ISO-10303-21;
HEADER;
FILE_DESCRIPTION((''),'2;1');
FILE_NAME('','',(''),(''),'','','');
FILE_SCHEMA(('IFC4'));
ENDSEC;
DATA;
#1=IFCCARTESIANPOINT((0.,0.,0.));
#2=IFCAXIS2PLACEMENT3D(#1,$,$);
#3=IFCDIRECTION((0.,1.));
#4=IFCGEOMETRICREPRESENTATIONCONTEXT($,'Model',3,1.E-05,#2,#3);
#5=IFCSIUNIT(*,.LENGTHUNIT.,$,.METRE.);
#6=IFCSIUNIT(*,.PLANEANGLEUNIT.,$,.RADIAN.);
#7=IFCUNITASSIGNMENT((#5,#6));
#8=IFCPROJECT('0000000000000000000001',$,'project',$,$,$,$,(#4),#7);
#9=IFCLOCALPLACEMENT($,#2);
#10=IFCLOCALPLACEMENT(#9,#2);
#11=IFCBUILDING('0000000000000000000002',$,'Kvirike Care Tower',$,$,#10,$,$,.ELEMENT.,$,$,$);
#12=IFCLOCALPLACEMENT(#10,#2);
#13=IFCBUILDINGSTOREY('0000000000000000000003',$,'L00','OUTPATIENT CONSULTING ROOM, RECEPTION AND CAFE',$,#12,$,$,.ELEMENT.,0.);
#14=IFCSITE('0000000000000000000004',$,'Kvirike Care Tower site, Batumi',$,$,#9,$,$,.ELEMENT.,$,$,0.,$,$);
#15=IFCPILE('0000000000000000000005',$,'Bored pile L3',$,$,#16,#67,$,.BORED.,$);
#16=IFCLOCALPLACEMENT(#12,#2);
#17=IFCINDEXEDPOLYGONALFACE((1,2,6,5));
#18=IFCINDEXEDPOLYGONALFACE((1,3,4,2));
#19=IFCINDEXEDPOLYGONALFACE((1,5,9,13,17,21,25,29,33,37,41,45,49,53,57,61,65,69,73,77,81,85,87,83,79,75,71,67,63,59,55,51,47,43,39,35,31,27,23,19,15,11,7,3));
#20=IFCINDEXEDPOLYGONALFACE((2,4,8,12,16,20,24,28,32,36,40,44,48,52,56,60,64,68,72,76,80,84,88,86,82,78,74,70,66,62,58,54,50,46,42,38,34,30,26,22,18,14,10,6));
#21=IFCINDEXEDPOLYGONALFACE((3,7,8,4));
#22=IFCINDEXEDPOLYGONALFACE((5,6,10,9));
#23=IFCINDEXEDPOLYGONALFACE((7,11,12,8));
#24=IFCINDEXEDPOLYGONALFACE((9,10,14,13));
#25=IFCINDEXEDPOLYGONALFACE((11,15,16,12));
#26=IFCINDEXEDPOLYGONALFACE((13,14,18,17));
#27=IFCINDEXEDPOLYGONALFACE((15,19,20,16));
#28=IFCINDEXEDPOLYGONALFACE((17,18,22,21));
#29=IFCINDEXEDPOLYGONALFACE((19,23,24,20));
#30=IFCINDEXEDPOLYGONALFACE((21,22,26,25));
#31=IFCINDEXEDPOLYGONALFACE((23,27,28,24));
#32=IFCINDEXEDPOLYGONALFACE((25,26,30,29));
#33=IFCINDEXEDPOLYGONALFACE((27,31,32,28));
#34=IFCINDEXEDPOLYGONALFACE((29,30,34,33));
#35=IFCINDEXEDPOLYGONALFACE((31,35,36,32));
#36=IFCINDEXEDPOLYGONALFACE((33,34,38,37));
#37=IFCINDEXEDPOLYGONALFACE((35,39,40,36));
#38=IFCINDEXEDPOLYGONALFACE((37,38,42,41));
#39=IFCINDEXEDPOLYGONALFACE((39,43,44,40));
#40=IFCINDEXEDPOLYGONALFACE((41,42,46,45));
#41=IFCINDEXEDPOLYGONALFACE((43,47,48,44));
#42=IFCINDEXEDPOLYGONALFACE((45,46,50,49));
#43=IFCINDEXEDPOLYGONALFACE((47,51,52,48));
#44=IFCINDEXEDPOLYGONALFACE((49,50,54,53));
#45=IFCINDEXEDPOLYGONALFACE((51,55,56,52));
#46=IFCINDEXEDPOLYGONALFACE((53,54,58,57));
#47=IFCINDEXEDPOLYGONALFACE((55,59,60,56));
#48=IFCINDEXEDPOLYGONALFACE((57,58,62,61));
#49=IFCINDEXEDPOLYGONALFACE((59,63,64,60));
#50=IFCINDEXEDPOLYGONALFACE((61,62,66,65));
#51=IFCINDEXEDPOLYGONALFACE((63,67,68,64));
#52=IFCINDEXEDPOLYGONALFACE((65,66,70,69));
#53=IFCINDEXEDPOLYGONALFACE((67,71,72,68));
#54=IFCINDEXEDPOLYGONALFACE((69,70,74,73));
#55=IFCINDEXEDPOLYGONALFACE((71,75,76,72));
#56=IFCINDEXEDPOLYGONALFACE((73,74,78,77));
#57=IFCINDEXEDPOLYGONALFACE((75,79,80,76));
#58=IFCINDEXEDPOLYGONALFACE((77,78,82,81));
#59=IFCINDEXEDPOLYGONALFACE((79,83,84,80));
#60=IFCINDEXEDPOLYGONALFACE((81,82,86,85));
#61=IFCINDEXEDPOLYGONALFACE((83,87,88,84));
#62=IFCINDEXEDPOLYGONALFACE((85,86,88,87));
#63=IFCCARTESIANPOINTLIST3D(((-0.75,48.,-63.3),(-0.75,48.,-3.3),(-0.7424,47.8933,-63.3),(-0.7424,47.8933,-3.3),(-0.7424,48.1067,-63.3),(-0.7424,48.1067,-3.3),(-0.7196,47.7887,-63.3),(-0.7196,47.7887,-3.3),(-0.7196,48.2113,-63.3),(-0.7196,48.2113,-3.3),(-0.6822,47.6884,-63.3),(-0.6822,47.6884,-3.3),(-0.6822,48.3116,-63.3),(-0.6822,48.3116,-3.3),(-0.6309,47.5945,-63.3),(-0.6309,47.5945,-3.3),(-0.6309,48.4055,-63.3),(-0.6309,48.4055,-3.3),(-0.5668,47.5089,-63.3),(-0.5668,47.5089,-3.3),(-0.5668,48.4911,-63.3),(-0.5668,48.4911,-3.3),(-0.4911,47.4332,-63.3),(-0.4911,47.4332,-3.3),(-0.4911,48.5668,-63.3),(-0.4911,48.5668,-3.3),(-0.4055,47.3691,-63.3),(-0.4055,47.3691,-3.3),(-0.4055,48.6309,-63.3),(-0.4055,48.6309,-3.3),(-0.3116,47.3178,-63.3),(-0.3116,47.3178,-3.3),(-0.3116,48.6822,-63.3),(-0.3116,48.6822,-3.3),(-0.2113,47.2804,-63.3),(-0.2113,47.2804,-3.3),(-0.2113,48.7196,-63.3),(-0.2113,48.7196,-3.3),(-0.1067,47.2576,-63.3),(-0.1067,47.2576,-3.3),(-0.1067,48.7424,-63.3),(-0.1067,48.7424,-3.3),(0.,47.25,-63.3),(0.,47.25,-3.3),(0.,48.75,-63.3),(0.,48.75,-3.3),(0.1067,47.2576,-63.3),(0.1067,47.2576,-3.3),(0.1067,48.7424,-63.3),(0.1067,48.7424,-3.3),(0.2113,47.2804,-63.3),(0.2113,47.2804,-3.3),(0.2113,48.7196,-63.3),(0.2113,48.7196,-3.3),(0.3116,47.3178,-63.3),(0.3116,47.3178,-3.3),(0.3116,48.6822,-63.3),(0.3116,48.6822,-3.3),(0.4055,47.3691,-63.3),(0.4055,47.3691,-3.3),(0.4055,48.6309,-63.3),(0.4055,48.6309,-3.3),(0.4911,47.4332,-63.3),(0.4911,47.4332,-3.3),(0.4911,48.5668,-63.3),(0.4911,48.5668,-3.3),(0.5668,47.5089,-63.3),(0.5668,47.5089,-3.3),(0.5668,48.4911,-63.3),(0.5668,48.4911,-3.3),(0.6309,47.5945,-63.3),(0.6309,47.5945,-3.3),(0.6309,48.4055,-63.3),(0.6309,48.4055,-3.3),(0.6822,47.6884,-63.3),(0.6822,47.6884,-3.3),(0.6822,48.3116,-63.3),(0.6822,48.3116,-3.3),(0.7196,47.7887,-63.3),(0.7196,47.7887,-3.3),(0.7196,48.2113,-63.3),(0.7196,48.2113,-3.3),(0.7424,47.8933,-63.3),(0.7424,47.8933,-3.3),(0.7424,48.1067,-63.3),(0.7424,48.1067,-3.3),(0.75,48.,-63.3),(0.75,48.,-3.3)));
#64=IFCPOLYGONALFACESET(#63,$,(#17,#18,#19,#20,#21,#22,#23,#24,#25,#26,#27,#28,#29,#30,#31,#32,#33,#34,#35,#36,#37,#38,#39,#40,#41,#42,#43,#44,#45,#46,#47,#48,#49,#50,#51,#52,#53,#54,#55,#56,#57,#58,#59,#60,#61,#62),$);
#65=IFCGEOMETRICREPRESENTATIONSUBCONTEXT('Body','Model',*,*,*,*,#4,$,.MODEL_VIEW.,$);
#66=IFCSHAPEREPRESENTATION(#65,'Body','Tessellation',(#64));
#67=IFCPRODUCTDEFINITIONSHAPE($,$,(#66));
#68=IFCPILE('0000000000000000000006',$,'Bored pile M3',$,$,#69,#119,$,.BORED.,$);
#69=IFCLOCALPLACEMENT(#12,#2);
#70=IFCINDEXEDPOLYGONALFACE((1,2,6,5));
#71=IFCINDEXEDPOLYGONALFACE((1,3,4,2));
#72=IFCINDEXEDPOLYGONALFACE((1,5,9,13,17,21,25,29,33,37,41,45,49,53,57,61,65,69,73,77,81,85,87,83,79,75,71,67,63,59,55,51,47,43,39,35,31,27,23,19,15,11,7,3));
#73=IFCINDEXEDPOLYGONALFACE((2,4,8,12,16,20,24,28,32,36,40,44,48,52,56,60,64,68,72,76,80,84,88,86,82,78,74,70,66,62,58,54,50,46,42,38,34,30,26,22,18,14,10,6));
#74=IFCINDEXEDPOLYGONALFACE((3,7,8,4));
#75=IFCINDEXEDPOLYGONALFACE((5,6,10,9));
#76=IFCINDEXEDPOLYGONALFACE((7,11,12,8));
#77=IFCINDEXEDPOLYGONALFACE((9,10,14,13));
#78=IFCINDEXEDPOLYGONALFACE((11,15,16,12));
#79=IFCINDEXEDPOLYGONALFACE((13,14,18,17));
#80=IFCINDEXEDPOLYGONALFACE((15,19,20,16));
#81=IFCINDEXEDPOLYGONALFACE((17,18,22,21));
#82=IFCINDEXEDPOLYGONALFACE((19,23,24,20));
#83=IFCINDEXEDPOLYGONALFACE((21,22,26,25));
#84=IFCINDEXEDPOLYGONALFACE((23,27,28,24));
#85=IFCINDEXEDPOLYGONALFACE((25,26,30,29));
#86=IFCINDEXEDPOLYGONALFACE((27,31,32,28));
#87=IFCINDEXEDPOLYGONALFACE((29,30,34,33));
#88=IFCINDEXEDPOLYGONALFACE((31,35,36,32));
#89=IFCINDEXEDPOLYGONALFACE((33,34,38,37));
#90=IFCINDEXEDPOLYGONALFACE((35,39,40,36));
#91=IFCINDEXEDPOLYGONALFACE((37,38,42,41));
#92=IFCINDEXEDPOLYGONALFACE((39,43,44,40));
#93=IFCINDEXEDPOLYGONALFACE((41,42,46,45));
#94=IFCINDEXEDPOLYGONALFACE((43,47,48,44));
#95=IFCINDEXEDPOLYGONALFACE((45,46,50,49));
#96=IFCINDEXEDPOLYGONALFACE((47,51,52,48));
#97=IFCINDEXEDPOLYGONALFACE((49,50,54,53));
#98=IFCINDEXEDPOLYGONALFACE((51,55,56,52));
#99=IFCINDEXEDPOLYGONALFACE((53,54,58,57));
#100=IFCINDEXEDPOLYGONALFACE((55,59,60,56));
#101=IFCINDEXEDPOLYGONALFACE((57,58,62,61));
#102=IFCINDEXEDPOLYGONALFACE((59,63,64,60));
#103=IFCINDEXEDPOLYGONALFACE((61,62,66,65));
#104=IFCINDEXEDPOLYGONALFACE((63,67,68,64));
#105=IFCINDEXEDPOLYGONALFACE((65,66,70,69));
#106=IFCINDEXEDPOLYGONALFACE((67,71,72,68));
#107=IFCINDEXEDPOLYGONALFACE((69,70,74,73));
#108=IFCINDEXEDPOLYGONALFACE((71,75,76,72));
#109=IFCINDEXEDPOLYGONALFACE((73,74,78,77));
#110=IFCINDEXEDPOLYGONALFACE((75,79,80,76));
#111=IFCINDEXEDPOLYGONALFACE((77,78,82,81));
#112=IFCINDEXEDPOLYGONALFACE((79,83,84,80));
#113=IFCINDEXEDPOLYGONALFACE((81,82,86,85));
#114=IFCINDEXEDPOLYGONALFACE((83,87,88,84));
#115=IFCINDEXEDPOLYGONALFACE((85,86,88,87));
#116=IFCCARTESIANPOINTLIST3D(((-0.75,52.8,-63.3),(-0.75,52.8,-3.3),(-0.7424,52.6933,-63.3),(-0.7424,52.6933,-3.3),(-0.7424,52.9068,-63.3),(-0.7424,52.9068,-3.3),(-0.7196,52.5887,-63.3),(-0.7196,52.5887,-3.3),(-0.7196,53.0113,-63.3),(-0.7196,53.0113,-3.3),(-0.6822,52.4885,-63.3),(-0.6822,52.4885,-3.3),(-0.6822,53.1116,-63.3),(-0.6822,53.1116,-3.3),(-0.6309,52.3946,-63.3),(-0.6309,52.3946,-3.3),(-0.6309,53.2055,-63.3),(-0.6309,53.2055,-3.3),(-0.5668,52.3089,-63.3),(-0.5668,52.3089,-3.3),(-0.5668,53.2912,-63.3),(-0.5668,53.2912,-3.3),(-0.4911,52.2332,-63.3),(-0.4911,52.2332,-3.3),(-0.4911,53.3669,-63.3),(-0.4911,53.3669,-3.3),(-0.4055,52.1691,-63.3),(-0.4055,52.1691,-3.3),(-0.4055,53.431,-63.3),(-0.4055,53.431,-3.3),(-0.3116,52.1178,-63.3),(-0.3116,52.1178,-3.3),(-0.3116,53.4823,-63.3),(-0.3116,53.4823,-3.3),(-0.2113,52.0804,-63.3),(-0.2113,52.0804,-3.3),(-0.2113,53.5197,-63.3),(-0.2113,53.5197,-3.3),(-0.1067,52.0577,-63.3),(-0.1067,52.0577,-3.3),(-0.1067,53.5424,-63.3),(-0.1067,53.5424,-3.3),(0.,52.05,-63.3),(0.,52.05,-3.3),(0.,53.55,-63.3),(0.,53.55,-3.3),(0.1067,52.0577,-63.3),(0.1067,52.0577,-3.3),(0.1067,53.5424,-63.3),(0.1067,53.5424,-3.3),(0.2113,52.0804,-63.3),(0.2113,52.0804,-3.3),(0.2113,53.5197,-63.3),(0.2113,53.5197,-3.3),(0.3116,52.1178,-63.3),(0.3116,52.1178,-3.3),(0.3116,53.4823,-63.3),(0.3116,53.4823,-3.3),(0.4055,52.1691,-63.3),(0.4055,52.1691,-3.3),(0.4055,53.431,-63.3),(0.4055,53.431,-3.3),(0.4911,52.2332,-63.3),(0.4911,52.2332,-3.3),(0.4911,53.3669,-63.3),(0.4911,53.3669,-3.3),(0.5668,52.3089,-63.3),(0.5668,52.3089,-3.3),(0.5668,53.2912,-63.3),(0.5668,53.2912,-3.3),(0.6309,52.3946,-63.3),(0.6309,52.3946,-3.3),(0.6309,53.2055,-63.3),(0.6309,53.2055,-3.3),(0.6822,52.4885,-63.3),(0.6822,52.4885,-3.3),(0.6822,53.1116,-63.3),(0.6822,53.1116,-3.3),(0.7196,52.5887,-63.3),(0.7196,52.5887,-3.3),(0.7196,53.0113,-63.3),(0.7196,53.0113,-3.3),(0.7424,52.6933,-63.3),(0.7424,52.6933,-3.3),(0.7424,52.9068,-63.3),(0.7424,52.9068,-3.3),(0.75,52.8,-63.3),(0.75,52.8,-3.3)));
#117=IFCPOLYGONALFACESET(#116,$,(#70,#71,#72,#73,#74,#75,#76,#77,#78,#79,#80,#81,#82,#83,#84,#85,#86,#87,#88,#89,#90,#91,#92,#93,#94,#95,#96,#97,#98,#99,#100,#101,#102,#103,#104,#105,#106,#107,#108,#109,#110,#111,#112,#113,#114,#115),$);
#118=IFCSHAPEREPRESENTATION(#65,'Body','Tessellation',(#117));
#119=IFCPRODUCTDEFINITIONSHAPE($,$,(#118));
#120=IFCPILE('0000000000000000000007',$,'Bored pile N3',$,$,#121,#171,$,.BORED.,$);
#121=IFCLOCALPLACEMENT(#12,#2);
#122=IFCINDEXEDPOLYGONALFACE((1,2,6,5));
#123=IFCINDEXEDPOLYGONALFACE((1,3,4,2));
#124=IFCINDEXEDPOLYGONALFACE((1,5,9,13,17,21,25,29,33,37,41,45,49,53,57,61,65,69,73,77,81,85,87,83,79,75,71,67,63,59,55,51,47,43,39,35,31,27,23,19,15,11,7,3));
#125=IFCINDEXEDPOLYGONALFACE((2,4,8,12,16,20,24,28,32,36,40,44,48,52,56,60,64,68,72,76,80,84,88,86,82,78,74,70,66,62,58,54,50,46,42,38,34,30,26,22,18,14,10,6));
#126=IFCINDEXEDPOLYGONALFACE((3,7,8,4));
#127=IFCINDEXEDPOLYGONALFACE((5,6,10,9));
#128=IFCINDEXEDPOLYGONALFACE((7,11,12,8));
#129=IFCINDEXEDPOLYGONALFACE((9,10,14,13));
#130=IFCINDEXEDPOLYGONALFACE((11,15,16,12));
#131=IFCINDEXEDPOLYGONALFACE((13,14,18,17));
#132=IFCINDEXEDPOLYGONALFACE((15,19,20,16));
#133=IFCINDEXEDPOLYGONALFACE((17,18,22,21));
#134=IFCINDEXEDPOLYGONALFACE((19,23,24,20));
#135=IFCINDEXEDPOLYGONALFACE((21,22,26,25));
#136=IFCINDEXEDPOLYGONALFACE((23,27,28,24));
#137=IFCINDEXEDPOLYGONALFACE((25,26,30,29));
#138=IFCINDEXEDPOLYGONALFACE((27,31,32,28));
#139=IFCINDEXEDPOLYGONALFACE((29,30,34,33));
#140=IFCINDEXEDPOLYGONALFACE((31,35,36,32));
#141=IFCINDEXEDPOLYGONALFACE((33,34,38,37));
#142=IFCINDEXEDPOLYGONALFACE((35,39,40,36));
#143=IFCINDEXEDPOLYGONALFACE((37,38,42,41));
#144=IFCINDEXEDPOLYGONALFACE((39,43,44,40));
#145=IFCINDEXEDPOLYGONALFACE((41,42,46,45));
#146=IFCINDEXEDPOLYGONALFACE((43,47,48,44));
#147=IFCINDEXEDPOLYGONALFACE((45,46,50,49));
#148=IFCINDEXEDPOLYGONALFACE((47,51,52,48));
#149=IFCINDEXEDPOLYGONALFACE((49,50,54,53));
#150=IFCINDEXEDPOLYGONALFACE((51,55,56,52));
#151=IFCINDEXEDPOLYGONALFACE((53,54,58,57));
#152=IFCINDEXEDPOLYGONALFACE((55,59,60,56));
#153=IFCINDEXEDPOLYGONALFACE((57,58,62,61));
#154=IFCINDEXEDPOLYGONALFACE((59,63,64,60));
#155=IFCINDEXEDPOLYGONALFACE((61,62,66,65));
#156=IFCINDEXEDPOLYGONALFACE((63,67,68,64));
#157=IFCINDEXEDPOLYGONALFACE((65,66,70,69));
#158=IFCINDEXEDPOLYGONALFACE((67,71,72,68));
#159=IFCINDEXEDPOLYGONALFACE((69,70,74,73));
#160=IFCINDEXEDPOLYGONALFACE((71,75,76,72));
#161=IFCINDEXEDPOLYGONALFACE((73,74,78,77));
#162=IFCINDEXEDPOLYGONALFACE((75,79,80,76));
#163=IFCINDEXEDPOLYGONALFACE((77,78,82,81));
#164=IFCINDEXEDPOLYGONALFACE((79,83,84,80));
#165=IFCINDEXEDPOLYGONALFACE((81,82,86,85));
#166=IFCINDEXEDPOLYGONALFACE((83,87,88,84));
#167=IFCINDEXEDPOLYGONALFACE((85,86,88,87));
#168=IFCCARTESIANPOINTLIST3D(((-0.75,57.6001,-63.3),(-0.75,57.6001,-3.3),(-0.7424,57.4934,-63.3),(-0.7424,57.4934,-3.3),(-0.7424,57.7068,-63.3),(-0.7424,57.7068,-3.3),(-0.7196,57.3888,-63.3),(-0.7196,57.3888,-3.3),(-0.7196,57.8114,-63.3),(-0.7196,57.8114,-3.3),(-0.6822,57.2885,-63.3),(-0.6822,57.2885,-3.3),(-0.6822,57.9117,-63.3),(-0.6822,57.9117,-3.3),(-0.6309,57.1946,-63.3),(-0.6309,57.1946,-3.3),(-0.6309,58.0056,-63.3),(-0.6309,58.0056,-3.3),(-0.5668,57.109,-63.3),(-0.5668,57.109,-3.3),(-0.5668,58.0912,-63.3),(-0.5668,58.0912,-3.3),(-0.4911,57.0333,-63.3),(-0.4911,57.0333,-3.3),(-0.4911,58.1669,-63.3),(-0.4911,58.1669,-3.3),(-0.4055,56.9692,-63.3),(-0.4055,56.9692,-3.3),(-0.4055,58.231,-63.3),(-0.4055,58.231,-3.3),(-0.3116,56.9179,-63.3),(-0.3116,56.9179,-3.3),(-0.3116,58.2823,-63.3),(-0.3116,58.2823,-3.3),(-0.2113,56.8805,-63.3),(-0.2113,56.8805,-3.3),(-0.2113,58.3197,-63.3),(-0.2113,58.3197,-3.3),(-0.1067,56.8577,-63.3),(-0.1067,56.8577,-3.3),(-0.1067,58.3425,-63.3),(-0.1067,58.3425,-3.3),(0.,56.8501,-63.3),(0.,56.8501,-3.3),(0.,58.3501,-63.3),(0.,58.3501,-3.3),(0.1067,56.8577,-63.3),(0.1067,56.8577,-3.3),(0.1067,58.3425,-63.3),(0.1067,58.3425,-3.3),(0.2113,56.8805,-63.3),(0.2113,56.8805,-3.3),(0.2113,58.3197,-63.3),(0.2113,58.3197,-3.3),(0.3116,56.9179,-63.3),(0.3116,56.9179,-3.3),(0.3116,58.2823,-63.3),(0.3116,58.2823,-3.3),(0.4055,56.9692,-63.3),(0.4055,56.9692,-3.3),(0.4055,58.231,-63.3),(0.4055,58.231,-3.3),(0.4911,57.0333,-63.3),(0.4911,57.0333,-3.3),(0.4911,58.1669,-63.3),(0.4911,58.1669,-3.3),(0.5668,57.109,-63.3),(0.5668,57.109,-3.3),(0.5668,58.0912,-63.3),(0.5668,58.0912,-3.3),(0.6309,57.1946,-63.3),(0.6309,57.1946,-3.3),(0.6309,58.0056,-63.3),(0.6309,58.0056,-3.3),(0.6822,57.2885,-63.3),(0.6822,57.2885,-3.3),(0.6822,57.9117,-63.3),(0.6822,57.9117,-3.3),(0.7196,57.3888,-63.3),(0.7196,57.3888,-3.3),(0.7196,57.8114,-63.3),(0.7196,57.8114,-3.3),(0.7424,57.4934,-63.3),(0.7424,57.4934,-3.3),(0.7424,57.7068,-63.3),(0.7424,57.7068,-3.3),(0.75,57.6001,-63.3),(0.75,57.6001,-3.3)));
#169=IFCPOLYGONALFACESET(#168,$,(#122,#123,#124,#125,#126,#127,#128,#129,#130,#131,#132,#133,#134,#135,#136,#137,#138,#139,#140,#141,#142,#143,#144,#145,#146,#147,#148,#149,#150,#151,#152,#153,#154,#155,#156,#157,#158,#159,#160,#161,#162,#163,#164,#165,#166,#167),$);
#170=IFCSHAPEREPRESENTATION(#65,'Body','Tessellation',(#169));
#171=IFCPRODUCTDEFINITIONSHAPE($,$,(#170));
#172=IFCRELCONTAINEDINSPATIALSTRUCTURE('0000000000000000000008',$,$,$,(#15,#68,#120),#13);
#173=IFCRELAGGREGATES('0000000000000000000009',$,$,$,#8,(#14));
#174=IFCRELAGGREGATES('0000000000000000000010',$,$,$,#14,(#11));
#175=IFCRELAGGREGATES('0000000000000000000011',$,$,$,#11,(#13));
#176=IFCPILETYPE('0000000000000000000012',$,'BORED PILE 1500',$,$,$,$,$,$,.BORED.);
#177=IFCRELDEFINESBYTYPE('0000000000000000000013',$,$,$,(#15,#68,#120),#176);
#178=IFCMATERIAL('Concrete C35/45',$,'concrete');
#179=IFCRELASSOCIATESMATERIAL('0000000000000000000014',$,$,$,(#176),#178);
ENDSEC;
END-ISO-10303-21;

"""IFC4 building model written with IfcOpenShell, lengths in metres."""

from ifc_helpers import new_model, si_unit, direction, frame, origin, origin_2d, place, context, subcontext, project, spatial, circle, extrude, material, material_profile, profile_set, type_object, element, save


model = new_model("IFC4")

# Units and contexts
model_context = context("Model", 3, precision=1e-05, world=origin(), true_north=direction((0.0, 1.0)))
body_context = subcontext(model_context, "Body", "Model", "MODEL_VIEW")
ifc_project = project(units=[si_unit("LENGTHUNIT", "METRE"), si_unit("PLANEANGLEUNIT", "RADIAN")], contexts=[model_context])

# Site, building, storey
site_placement = place(None, origin())
site = spatial("IfcSite", under=ifc_project, at=site_placement, Name="Kvirike Care Tower site, Batumi", CompositionType="ELEMENT", RefElevation=0.0)
building_placement = place(site_placement, origin())
building = spatial("IfcBuilding", under=site, at=building_placement, Name="Kvirike Care Tower", CompositionType="ELEMENT")
storey_placement = place(building_placement, origin())
storey = spatial("IfcBuildingStorey", under=building, at=storey_placement, Name="L00", Description="OUTPATIENT CONSULTING ROOM, RECEPTION AND CAFE", CompositionType="ELEMENT", Elevation=0.0)

# Piles
ifc_material_1 = material(Name="Concrete C35/45", Category="concrete")
ifc_material_profile_1 = material_profile(ifc_material_1, circle(Radius=0.75, at=origin_2d()), Name="BORED PILE 1500")
ifc_profile_set_1 = profile_set([ifc_material_profile_1], Name="Concrete C35/45")
pile_type = type_object("IfcPileType", Name="BORED PILE 1500", PredefinedType="BORED", material=ifc_profile_set_1)
for number, where, z_axis, x_axis, name in (
    (1, (0.0, 48.0, -3.3), (0.0, 0.0, -1.0), (1.0, 0.0, 0.0), "Bored pile L3"),
    (2, (0.0, 52.8, -3.3), (0.0, 0.0, -1.0), (1.0, 0.0, 0.0), "Bored pile M3"),
    (3, (0.0, 57.6001, -3.3), (0.0, 0.0, -1.0), (1.0, 0.0, 0.0), "Bored pile N3"),
):
    element("IfcPile", number, at=place(storey_placement, frame(where, z_axis=z_axis, x_axis=x_axis)), inside=storey, type_object=pile_type, Name=name, PredefinedType="BORED", context=body_context, shape_type="SweptSolid", body=[
        extrude(circle(Radius=0.75, at=origin_2d()), origin(), (0.0, 0.0, 1.0), 60.0),
    ])

save(model, "model.ifc")
